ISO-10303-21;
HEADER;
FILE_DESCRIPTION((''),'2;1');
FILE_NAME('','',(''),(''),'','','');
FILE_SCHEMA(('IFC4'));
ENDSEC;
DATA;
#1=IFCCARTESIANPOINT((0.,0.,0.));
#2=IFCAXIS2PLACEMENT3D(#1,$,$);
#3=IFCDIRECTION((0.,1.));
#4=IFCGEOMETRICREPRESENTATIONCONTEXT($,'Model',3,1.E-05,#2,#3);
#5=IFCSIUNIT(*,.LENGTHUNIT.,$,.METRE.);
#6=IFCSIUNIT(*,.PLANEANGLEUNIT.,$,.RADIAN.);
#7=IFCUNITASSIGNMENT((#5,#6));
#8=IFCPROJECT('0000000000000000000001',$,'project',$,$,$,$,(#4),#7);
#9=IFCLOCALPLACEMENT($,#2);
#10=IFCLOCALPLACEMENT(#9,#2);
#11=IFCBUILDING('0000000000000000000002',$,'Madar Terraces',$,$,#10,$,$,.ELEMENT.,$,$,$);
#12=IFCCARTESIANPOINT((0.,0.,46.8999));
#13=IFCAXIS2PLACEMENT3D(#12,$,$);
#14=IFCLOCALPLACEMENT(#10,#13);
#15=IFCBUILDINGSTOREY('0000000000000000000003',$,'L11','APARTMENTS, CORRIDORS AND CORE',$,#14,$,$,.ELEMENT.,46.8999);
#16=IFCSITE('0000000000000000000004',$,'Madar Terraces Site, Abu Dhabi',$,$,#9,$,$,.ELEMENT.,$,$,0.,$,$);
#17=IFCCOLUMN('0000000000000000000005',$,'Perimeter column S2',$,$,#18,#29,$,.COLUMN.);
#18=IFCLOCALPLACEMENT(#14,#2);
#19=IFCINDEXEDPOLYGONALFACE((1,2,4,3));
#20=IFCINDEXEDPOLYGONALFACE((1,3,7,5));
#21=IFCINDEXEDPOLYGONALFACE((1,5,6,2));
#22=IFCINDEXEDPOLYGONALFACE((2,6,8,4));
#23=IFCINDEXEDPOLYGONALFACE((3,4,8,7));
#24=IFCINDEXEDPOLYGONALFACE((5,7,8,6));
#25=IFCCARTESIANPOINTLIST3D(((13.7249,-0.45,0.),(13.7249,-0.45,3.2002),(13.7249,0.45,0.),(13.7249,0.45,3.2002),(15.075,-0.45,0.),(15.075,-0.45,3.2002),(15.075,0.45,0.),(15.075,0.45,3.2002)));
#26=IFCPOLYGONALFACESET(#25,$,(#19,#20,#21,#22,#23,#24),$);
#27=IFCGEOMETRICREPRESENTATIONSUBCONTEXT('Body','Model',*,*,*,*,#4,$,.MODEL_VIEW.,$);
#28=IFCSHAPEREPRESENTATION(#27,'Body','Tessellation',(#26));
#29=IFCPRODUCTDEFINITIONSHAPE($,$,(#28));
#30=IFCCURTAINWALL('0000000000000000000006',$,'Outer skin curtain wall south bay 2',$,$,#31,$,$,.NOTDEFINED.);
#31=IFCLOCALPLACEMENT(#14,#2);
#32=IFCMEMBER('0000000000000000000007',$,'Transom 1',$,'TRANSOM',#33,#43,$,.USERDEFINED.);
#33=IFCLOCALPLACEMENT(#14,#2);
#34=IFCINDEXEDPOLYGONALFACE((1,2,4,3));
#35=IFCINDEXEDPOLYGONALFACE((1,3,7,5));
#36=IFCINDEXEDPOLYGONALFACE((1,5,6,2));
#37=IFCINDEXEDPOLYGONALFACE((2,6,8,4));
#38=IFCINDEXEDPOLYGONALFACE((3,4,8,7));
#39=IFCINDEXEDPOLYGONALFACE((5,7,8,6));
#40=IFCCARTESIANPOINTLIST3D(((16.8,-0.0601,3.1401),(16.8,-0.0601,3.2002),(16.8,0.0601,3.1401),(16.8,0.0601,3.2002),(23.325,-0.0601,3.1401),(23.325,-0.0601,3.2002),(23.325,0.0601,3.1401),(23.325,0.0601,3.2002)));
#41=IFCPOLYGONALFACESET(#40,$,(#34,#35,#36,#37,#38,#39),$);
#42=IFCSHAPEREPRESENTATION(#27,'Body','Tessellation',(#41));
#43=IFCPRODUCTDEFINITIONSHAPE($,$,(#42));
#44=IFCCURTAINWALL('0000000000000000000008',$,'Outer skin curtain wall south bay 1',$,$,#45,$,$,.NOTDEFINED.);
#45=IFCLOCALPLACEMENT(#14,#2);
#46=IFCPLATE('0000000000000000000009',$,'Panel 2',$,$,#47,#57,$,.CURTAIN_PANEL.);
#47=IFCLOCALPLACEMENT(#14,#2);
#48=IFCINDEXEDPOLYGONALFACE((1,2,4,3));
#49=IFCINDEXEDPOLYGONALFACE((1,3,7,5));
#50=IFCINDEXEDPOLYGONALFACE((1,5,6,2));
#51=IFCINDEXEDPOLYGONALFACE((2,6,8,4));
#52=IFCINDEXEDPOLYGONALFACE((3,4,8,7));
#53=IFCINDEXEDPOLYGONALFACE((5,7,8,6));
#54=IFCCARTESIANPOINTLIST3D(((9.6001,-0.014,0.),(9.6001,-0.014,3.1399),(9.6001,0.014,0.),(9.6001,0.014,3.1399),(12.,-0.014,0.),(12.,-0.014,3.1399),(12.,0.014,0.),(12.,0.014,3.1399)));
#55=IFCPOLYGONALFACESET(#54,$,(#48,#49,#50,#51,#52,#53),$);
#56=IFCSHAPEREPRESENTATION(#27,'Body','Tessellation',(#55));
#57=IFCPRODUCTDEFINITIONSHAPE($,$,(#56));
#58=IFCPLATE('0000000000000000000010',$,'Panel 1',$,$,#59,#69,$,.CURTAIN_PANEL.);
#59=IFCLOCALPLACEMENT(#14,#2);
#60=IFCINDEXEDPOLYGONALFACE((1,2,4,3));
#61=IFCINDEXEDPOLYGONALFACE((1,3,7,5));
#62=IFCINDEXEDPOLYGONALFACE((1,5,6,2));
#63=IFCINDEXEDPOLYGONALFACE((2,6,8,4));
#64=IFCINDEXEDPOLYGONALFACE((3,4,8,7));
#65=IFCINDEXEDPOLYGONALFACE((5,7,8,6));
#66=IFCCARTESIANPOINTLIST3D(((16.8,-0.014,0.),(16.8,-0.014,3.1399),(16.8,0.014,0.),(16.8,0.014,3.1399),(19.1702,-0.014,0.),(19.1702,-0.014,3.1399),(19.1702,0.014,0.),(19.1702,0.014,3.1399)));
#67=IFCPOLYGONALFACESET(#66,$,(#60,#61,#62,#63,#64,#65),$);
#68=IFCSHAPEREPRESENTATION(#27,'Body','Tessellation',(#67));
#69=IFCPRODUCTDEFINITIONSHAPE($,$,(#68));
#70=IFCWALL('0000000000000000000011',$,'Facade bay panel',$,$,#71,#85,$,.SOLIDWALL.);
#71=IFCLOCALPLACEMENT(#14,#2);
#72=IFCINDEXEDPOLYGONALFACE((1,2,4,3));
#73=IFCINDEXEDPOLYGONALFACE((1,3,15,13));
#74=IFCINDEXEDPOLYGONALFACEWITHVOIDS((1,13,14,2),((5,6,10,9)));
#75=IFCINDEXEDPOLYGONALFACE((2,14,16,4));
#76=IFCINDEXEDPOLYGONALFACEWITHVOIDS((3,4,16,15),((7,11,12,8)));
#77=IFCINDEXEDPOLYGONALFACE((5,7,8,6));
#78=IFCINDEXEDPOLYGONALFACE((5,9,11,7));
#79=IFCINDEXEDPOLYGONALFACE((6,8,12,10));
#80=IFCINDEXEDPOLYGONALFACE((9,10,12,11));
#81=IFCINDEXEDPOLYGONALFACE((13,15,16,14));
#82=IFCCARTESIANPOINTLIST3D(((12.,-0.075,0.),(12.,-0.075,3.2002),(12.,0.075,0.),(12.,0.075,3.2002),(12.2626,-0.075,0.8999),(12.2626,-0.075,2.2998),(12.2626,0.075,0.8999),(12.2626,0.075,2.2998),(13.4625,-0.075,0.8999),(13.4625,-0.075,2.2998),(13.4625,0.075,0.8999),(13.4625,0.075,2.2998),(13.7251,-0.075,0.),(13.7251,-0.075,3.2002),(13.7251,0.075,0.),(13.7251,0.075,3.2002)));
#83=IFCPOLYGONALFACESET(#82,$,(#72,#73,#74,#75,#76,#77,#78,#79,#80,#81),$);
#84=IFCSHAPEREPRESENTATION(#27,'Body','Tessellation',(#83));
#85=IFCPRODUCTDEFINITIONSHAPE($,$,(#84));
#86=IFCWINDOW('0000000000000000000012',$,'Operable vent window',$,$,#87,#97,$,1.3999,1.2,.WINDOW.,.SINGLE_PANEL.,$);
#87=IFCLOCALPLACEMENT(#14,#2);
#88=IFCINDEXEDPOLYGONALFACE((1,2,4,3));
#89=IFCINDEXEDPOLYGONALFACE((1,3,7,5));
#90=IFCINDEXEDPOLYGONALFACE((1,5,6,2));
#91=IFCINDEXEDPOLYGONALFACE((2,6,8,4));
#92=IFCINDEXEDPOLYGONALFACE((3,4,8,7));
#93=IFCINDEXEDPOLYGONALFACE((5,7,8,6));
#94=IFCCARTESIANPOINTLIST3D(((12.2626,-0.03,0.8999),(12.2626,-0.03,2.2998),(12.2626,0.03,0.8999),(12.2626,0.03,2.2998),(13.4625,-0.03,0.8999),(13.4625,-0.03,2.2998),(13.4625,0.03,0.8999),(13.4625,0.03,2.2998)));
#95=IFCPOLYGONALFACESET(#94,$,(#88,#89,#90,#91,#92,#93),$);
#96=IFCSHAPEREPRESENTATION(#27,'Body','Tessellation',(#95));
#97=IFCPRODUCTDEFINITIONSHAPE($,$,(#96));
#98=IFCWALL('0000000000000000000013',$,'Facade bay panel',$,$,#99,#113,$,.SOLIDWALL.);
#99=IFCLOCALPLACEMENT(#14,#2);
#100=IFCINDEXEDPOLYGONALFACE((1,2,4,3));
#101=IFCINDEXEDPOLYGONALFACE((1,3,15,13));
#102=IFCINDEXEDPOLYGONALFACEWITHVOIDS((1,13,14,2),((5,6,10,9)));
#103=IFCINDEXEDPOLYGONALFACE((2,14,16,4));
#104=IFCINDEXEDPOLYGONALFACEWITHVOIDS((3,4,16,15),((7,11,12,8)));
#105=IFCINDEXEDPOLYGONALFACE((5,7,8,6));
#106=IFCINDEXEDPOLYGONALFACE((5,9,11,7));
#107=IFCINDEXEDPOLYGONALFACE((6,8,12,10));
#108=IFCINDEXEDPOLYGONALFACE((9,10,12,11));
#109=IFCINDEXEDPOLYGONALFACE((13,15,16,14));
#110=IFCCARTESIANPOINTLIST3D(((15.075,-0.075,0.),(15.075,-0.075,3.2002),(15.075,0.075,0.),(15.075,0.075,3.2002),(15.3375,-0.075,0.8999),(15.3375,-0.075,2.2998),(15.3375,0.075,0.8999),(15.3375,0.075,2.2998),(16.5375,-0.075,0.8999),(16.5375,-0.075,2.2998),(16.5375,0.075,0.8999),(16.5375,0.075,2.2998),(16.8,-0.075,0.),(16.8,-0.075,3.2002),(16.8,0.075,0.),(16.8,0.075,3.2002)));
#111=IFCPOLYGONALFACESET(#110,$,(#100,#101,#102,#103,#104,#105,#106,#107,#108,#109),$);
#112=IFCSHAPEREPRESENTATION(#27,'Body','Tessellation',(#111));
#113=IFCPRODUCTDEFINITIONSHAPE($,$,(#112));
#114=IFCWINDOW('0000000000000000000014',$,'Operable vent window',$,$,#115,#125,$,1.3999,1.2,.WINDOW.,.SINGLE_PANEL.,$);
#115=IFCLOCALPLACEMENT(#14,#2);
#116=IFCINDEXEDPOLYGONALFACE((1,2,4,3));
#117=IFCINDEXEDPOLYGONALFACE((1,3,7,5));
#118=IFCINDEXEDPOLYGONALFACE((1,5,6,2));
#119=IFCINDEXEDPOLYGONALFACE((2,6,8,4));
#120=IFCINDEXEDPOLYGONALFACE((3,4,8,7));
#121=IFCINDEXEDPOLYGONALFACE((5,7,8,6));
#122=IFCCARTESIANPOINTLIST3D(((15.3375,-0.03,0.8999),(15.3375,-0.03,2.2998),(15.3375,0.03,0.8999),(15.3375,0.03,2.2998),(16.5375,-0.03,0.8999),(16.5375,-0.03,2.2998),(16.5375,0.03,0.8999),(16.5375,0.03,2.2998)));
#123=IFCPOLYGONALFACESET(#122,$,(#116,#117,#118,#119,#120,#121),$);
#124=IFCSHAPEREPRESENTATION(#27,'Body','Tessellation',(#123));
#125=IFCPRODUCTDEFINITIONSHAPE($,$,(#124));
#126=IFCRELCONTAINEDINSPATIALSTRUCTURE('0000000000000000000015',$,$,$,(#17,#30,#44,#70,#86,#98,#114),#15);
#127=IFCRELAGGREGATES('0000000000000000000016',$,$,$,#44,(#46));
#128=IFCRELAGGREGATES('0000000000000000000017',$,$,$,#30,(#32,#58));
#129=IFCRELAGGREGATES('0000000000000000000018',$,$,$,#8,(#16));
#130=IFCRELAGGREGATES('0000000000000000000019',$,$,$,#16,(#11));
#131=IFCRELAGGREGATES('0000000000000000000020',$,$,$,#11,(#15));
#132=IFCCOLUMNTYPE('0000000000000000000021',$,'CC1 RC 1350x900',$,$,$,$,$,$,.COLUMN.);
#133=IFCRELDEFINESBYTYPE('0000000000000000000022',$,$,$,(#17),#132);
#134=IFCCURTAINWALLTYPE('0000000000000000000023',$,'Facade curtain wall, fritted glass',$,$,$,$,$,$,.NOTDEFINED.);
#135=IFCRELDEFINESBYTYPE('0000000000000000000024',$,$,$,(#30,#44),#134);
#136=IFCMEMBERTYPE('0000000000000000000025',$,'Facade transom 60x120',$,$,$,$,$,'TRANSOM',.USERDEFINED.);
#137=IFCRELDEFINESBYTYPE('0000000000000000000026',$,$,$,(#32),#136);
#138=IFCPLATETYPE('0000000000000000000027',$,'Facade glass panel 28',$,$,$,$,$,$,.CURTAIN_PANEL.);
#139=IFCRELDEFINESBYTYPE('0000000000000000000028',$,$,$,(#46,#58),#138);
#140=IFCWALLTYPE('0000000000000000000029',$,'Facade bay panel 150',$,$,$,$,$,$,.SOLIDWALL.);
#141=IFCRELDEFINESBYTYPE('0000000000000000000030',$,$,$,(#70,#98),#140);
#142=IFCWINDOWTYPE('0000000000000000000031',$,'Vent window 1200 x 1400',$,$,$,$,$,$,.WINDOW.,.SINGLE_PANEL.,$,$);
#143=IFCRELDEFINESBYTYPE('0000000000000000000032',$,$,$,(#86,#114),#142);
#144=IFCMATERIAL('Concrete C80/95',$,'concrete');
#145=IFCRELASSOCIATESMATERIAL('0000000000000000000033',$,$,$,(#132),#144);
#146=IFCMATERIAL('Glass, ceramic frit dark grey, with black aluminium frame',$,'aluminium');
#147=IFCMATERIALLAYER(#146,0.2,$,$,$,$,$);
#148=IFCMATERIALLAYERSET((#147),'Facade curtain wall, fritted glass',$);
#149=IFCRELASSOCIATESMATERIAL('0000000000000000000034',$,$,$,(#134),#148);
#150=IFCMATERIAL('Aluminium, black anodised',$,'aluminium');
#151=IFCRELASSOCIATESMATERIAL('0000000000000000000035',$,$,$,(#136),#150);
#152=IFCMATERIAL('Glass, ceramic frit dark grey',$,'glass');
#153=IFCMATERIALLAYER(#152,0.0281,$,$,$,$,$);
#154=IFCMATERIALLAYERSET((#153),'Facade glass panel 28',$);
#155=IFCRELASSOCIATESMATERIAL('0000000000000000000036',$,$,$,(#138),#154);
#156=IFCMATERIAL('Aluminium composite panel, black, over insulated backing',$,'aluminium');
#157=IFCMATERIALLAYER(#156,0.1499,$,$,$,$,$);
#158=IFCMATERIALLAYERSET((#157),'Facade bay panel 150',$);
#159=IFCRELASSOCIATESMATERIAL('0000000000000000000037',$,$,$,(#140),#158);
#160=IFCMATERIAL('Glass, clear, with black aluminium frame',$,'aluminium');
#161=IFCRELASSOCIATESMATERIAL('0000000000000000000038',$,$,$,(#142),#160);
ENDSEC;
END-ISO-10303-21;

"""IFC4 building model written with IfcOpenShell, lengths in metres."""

from ifc_helpers import new_model, si_unit, direction, frame, frame_2d, origin, origin_2d, place, context, subcontext, project, spatial, rectangle, extrude, material, layer, layer_set, material_profile, profile_set, type_object, element, fill, aggregate, save


model = new_model("IFC4")

# Units and contexts
model_context = context("Model", 3, precision=1e-05, world=origin(), true_north=direction((0.0, 1.0)))
body_context = subcontext(model_context, "Body", "Model", "MODEL_VIEW")
ifc_project = project(units=[si_unit("LENGTHUNIT", "METRE"), si_unit("PLANEANGLEUNIT", "RADIAN")], contexts=[model_context])

# Site, building, storey
site_placement = place(None, origin())
site = spatial("IfcSite", under=ifc_project, at=site_placement, Name="Madar Terraces Site, Abu Dhabi", CompositionType="ELEMENT", RefElevation=0.0)
building_placement = place(site_placement, origin())
building = spatial("IfcBuilding", under=site, at=building_placement, Name="Madar Terraces", CompositionType="ELEMENT")
storey_placement = place(building_placement, frame((0.0, 0.0, 46.8999)))
storey = spatial("IfcBuildingStorey", under=building, at=storey_placement, Name="L11", Description="APARTMENTS, CORRIDORS AND CORE", CompositionType="ELEMENT", Elevation=46.8999)

# Column
ifc_material_1 = material(Name="Concrete C80/95", Category="concrete")
ifc_material_profile_1 = material_profile(ifc_material_1, rectangle(XDim=1.3501, YDim=0.8999, at=origin_2d()), Name="CC1 RC 1350x900")
ifc_profile_set_1 = profile_set([ifc_material_profile_1], Name="Concrete C80/95")
column_type = type_object("IfcColumnType", Name="CC1 RC 1350x900", PredefinedType="COLUMN", material=ifc_profile_set_1)
column_placement = place(storey_placement, frame((14.3999, 0.0, 0.0), z_axis=(0.0, 0.0, 1.0), x_axis=(1.0, 0.0, 0.0)))
element("IfcColumn", 1, at=column_placement, inside=storey, type_object=column_type, Name="Perimeter column S2", PredefinedType="COLUMN", context=body_context, shape_type="SweptSolid", body=[
    extrude(rectangle(XDim=1.3501, YDim=0.8999, at=origin_2d()), origin(), (0.0, 0.0, 1.0), 3.2002),
])

# Curtain wall, member
ifc_material_2 = material(Name="Glass, ceramic frit dark grey, with black aluminium frame", Category="aluminium")
ifc_layer_1 = layer(ifc_material_2, 0.2)
ifc_layer_set_1 = layer_set([ifc_layer_1], Name="Facade curtain wall, fritted glass")
curtain_wall_type = type_object("IfcCurtainWallType", Name="Facade curtain wall, fritted glass", PredefinedType="NOTDEFINED", material=ifc_layer_set_1)
curtain_wall_1_placement = place(storey_placement, origin())
curtain_wall_1 = element("IfcCurtainWall", 2, at=curtain_wall_1_placement, inside=storey, type_object=curtain_wall_type, Name="Outer skin curtain wall south bay 2", PredefinedType="NOTDEFINED")
ifc_material_3 = material(Name="Aluminium, black anodised", Category="aluminium")
ifc_material_profile_2 = material_profile(ifc_material_3, rectangle(XDim=0.1201, YDim=0.0601, at=origin_2d()), Name="Facade transom 60x120")
ifc_profile_set_2 = profile_set([ifc_material_profile_2], Name="Aluminium, black anodised")
member_type = type_object("IfcMemberType", Name="Facade transom 60x120", ElementType="TRANSOM", PredefinedType="USERDEFINED", material=ifc_profile_set_2)
member_placement = place(storey_placement, frame((16.8, 0.0, 3.1702), z_axis=(1.0, 0.0, 0.0), x_axis=(0.0, 1.0, 0.0)))
member = element("IfcMember", 3, at=member_placement, type_object=member_type, Name="Transom 1", ObjectType="TRANSOM", PredefinedType="USERDEFINED", context=body_context, shape_type="SweptSolid", body=[
    extrude(rectangle(XDim=0.1201, YDim=0.0601, at=origin_2d()), origin(), (0.0, 0.0, 1.0), 6.5249),
])

# Curtain wall, plate
curtain_wall_2_placement = place(storey_placement, origin())
curtain_wall_2 = element("IfcCurtainWall", 4, at=curtain_wall_2_placement, inside=storey, type_object=curtain_wall_type, Name="Outer skin curtain wall south bay 1", PredefinedType="NOTDEFINED")
ifc_material_4 = material(Name="Glass, ceramic frit dark grey", Category="glass")
ifc_layer_2 = layer(ifc_material_4, 0.0281)
ifc_layer_set_2 = layer_set([ifc_layer_2], Name="Facade glass panel 28")
plate_type = type_object("IfcPlateType", Name="Facade glass panel 28", PredefinedType="CURTAIN_PANEL", material=ifc_layer_set_2)
plate_1_placement = place(storey_placement, frame((10.8, 0.0, 0.0), z_axis=(0.0, 0.0, 1.0), x_axis=(1.0, 0.0, 0.0)))
plate_1 = element("IfcPlate", 5, at=plate_1_placement, type_object=plate_type, Name="Panel 2", PredefinedType="CURTAIN_PANEL", context=body_context, shape_type="SweptSolid", body=[
    extrude(rectangle(XDim=2.3999, YDim=0.0281, at=origin_2d()), origin(), (0.0, 0.0, 1.0), 3.1399),
])
aggregate(curtain_wall_2, [plate_1])

# Plate
plate_2_placement = place(storey_placement, frame((17.9851, 0.0, 0.0), z_axis=(0.0, 0.0, 1.0), x_axis=(1.0, 0.0, 0.0)))
plate_2 = element("IfcPlate", 6, at=plate_2_placement, type_object=plate_type, Name="Panel 1", PredefinedType="CURTAIN_PANEL", context=body_context, shape_type="SweptSolid", body=[
    extrude(rectangle(XDim=2.3701, YDim=0.0281, at=origin_2d()), origin(), (0.0, 0.0, 1.0), 3.1399),
])
aggregate(curtain_wall_1, [member, plate_2])

# Walls, openings, windows
ifc_material_5 = material(Name="Aluminium composite panel, black, over insulated backing", Category="aluminium")
ifc_layer_3 = layer(ifc_material_5, 0.1499)
ifc_layer_set_3 = layer_set([ifc_layer_3], Name="Facade bay panel 150")
wall_type_1 = type_object("IfcWallType", Name="Facade bay panel 150", PredefinedType="SOLIDWALL", material=ifc_layer_set_3)
wall_1_placement = place(storey_placement, frame((12.0, 0.0, 0.0), z_axis=(0.0, 0.0, 1.0), x_axis=(1.0, 0.0, 0.0)))
wall_1 = element("IfcWall", 7, at=wall_1_placement, inside=storey, type_object=wall_type_1, Name="Facade bay panel", PredefinedType="SOLIDWALL", context=body_context, shape_type="SweptSolid", body=[
    extrude(rectangle(XDim=1.7251, YDim=0.1499, at=frame_2d((0.8625, 0.0))), origin(), (0.0, 0.0, 1.0), 3.2002),
])
opening_1_placement = place(wall_1_placement, frame((0.2625, 0.0, 0.8999)))
opening_1 = element("IfcOpeningElement", 8, at=opening_1_placement, cuts=wall_1, PredefinedType="OPENING", context=body_context, shape_type="SweptSolid", body=[
    extrude(rectangle(XDim=1.2, YDim=1.3999, at=frame_2d((0.6001, 0.7))), frame((0.0, 0.085, 0.0), z_axis=(0.0, -1.0, 0.0), x_axis=(1.0, 0.0, 0.0)), (0.0, 0.0, 1.0), 0.1699),
])
ifc_material_6 = material(Name="Glass, clear, with black aluminium frame", Category="aluminium")
window_type = type_object("IfcWindowType", Name="Vent window 1200 x 1400", PartitioningType="SINGLE_PANEL", PredefinedType="WINDOW", material=ifc_material_6)
window_1_placement = place(opening_1_placement, origin())
window_1 = element("IfcWindow", 9, at=window_1_placement, inside=storey, type_object=window_type, Name="Operable vent window", OverallHeight=1.3999, OverallWidth=1.2, PartitioningType="SINGLE_PANEL", PredefinedType="WINDOW", context=body_context, shape_type="SweptSolid", body=[
    extrude(rectangle(XDim=1.2, YDim=1.3999, at=frame_2d((0.6001, 0.7))), frame((0.0, 0.03, 0.0), z_axis=(0.0, -1.0, 0.0), x_axis=(1.0, 0.0, 0.0)), (0.0, 0.0, 1.0), 0.0601),
])
fill(opening_1, window_1)
wall_2_placement = place(storey_placement, frame((15.075, 0.0, 0.0), z_axis=(0.0, 0.0, 1.0), x_axis=(1.0, 0.0, 0.0)))
wall_2 = element("IfcWall", 10, at=wall_2_placement, inside=storey, type_object=wall_type_1, Name="Facade bay panel", PredefinedType="SOLIDWALL", context=body_context, shape_type="SweptSolid", body=[
    extrude(rectangle(XDim=1.7251, YDim=0.1499, at=frame_2d((0.8625, 0.0))), origin(), (0.0, 0.0, 1.0), 3.2002),
])
opening_2_placement = place(wall_2_placement, frame((0.2625, 0.0, 0.8999)))
opening_2 = element("IfcOpeningElement", 11, at=opening_2_placement, cuts=wall_2, PredefinedType="OPENING", context=body_context, shape_type="SweptSolid", body=[
    extrude(rectangle(XDim=1.2, YDim=1.3999, at=frame_2d((0.6001, 0.7))), frame((0.0, 0.085, 0.0), z_axis=(0.0, -1.0, 0.0), x_axis=(1.0, 0.0, 0.0)), (0.0, 0.0, 1.0), 0.1699),
])
window_2_placement = place(opening_2_placement, origin())
window_2 = element("IfcWindow", 12, at=window_2_placement, inside=storey, type_object=window_type, Name="Operable vent window", OverallHeight=1.3999, OverallWidth=1.2, PartitioningType="SINGLE_PANEL", PredefinedType="WINDOW", context=body_context, shape_type="SweptSolid", body=[
    extrude(rectangle(XDim=1.2, YDim=1.3999, at=frame_2d((0.6001, 0.7))), frame((0.0, 0.03, 0.0), z_axis=(0.0, -1.0, 0.0), x_axis=(1.0, 0.0, 0.0)), (0.0, 0.0, 1.0), 0.0601),
])
fill(opening_2, window_2)

save(model, "model.ifc")
